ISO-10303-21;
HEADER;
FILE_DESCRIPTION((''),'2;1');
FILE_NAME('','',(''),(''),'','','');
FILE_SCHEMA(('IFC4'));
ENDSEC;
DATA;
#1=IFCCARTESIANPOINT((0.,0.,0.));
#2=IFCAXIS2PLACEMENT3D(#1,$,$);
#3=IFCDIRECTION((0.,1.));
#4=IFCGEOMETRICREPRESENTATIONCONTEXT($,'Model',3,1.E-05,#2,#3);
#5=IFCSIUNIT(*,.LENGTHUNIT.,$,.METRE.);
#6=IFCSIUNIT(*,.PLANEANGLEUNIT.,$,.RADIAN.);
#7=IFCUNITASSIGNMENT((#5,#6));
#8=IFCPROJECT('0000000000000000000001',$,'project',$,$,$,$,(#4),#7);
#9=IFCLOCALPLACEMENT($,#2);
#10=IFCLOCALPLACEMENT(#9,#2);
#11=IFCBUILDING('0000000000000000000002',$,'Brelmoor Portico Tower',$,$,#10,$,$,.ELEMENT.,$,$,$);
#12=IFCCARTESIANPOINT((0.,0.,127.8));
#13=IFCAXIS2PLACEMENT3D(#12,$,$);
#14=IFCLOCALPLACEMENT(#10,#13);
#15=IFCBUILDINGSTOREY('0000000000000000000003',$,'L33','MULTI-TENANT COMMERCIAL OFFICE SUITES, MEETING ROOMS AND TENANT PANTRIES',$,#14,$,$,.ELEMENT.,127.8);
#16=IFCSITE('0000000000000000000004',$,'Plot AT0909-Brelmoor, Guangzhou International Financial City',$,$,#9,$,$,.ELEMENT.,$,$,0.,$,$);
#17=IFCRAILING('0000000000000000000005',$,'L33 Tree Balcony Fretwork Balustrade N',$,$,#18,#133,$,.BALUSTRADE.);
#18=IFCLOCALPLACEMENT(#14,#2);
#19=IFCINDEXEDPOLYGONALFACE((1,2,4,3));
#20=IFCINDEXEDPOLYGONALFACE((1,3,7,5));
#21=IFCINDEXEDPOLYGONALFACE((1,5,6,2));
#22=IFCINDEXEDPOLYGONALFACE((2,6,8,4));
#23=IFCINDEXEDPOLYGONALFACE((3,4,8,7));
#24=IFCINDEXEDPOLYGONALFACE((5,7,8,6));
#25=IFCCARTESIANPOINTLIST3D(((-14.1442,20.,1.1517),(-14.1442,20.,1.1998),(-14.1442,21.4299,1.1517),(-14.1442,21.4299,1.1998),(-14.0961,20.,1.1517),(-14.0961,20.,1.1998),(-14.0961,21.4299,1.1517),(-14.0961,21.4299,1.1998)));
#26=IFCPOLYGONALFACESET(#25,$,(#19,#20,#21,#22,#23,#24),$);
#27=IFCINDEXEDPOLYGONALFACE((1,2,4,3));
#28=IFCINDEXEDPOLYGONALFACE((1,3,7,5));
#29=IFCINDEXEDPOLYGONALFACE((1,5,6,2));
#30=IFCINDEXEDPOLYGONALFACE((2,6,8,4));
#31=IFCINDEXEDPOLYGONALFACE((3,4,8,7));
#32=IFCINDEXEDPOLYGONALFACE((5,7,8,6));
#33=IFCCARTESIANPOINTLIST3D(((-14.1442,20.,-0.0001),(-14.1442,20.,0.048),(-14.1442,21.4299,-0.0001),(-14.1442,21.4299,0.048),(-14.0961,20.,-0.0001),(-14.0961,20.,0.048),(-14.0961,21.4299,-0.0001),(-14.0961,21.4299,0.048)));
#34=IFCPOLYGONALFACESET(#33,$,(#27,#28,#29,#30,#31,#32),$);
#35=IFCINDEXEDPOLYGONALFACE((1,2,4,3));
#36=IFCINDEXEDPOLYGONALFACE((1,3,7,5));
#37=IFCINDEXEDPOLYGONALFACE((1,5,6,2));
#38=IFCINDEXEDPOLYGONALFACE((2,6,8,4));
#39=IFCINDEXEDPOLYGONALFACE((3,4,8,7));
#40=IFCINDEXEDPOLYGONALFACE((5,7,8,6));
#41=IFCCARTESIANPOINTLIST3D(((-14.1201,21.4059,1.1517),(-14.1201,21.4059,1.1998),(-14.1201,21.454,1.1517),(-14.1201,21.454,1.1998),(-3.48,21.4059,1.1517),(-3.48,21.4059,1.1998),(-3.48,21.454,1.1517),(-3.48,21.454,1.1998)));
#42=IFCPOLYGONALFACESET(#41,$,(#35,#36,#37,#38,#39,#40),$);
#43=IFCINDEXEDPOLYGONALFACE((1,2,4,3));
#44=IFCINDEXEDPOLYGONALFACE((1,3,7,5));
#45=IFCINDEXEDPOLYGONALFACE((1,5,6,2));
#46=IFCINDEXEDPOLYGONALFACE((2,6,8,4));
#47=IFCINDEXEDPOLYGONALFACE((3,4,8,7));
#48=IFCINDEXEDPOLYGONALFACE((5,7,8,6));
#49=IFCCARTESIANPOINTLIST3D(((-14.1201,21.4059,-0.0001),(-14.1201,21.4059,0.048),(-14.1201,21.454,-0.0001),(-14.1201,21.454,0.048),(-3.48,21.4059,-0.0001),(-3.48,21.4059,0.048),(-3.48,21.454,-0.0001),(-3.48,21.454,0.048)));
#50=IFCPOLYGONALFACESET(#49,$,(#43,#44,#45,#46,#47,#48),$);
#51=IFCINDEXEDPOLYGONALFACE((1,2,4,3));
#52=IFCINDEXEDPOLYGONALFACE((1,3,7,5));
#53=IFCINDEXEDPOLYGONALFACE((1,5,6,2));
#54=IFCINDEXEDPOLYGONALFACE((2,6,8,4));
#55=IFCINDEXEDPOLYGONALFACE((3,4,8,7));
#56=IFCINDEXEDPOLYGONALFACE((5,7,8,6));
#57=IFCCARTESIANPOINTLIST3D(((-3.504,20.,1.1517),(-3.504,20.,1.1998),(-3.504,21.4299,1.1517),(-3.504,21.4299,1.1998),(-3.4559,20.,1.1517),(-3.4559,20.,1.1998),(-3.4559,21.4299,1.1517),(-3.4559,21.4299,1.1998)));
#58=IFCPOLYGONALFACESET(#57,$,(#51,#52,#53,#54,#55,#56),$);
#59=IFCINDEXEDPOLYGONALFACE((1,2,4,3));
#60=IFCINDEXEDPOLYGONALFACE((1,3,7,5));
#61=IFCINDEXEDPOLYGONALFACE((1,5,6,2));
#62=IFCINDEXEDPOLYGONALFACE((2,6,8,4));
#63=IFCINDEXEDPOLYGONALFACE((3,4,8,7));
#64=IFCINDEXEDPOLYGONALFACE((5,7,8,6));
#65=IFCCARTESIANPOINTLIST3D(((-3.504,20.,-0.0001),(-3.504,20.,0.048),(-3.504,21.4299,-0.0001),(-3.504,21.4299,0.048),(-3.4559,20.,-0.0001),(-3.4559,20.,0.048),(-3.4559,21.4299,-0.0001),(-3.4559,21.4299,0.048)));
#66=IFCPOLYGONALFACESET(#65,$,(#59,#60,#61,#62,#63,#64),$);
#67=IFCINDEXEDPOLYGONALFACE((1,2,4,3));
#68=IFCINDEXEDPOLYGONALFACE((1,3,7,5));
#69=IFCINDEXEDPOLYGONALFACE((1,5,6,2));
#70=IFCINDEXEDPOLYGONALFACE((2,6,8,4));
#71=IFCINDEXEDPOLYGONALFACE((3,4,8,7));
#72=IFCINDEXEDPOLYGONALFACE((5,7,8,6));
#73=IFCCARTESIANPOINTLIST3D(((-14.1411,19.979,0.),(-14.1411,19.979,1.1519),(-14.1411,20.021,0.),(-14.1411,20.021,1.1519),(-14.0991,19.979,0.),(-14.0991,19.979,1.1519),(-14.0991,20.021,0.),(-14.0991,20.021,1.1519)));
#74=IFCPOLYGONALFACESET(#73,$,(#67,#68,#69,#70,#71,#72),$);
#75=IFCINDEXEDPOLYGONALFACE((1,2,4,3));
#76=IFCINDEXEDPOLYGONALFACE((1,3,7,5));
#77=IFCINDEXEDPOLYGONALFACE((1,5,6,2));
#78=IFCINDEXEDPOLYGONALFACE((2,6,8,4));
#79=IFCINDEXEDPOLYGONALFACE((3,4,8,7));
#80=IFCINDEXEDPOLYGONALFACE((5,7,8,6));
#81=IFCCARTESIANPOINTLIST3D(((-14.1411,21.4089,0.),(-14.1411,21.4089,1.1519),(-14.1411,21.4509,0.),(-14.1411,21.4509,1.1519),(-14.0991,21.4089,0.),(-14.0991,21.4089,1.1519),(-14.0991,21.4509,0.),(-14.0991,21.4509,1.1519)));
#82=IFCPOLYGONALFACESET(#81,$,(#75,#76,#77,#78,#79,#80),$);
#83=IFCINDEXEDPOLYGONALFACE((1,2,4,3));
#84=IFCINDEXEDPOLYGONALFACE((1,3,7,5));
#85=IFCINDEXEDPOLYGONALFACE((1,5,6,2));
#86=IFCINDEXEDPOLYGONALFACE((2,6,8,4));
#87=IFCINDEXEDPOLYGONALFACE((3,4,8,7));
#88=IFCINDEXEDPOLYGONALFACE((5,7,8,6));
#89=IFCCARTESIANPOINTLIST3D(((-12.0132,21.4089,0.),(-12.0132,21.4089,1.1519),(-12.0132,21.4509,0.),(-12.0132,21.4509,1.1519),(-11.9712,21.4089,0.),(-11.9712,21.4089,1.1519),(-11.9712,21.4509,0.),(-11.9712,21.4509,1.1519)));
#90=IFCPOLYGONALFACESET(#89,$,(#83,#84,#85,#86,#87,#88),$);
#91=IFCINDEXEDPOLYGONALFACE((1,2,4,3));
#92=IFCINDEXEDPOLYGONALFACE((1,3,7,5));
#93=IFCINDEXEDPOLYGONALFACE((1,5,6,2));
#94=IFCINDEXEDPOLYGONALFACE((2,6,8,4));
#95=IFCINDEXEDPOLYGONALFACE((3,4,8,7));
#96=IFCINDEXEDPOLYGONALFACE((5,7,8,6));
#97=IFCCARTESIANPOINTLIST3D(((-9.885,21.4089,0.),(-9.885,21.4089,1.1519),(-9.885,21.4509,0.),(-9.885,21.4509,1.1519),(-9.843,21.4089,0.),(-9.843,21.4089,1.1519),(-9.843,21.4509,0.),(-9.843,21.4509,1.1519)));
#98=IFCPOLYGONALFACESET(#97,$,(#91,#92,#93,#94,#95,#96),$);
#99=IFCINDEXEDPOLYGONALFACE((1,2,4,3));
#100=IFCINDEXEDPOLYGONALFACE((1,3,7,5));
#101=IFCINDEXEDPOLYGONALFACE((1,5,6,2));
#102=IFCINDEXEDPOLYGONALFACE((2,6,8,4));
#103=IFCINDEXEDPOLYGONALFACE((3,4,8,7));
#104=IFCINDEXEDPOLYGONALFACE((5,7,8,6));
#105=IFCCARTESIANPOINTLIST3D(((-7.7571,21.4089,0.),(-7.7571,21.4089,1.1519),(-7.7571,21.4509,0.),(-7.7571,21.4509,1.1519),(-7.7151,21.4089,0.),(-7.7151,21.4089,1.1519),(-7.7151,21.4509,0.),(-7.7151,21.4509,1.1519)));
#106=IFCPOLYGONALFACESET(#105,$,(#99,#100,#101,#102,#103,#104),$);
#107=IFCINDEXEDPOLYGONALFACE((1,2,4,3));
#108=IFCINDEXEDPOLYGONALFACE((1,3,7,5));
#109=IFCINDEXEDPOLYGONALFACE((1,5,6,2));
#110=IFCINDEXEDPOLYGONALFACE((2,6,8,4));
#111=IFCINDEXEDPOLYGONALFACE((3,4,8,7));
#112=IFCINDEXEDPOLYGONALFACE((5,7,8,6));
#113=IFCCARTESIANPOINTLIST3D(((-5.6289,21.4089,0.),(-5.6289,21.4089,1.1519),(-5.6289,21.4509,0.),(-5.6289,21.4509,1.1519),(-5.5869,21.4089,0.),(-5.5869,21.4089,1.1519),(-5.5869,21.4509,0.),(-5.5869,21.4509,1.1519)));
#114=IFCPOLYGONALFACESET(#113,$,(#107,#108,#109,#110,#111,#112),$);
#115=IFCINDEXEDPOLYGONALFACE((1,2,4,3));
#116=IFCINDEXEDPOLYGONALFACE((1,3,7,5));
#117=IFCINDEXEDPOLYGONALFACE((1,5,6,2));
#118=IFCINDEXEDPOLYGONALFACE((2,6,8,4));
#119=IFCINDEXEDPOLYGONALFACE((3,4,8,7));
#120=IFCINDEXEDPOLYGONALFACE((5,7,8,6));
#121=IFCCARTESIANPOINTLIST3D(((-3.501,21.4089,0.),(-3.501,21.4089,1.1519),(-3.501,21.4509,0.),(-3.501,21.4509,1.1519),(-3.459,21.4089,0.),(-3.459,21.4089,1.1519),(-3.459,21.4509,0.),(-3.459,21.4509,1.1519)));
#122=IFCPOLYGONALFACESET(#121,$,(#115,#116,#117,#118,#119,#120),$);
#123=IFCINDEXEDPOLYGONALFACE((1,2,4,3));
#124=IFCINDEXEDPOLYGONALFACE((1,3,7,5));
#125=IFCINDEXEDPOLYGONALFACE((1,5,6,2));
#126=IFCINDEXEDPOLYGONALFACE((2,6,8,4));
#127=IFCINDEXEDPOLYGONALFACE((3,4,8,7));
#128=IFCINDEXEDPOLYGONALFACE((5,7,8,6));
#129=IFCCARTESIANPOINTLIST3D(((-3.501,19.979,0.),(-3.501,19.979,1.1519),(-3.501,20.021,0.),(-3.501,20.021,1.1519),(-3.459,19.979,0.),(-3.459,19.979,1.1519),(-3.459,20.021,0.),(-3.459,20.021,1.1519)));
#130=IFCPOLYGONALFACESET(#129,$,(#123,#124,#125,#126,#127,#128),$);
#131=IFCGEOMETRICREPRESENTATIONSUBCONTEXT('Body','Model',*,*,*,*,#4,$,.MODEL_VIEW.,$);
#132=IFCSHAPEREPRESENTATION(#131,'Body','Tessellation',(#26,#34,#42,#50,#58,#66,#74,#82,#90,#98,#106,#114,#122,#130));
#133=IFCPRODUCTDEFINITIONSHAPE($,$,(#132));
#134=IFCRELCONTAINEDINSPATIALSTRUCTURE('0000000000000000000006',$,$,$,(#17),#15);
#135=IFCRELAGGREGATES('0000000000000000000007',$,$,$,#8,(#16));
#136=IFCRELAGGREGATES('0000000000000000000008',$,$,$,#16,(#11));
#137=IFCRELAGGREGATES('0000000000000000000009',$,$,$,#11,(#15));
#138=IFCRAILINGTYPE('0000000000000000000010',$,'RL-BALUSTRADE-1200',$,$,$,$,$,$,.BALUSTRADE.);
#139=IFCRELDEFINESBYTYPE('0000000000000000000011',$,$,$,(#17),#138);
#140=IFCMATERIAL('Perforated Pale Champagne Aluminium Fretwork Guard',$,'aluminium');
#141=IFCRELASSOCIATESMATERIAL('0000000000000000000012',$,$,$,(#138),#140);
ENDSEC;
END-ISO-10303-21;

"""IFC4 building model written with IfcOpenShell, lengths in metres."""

from ifc_helpers import new_model, si_unit, direction, frame, origin, origin_2d, place, context, subcontext, project, spatial, rectangle, extrude, material, type_object, element, save


model = new_model("IFC4")

# Units and contexts
model_context = context("Model", 3, precision=1e-05, world=origin(), true_north=direction((0.0, 1.0)))
body_context = subcontext(model_context, "Body", "Model", "MODEL_VIEW")
ifc_project = project(units=[si_unit("LENGTHUNIT", "METRE"), si_unit("PLANEANGLEUNIT", "RADIAN")], contexts=[model_context])

# Site, building, storey
site_placement = place(None, origin())
site = spatial("IfcSite", under=ifc_project, at=site_placement, Name="Plot AT0909-Brelmoor, Guangzhou International Financial City", CompositionType="ELEMENT", RefElevation=0.0)
building_placement = place(site_placement, origin())
building = spatial("IfcBuilding", under=site, at=building_placement, Name="Brelmoor Portico Tower", CompositionType="ELEMENT")
storey_placement = place(building_placement, frame((0.0, 0.0, 127.8)))
storey = spatial("IfcBuildingStorey", under=building, at=storey_placement, Name="L33", Description="MULTI-TENANT COMMERCIAL OFFICE SUITES, MEETING ROOMS AND TENANT PANTRIES", CompositionType="ELEMENT", Elevation=127.8)

# Railing
ifc_material_1 = material(Name="Perforated Pale Champagne Aluminium Fretwork Guard", Category="aluminium")
railing_type = type_object("IfcRailingType", Name="RL-BALUSTRADE-1200", PredefinedType="BALUSTRADE", material=ifc_material_1)
railing_placement = place(storey_placement, frame((-14.1201, 20.0, 0.0)))
element("IfcRailing", 1, at=railing_placement, inside=storey, type_object=railing_type, Name="L33 Tree Balcony Fretwork Balustrade N", PredefinedType="BALUSTRADE", context=body_context, shape_type="SweptSolid", body=[
    extrude(rectangle(XDim=0.0481, YDim=0.0481, at=origin_2d()), frame((0.0, 0.0, 1.1758), z_axis=(0.0, 1.0, 0.0), x_axis=(-1.0, 0.0, 0.0)), (0.0, 0.0, 1.0), 1.4299),
    extrude(rectangle(XDim=0.0481, YDim=0.0481, at=origin_2d()), frame((0.0, 0.0, 0.0239), z_axis=(0.0, 1.0, 0.0), x_axis=(-1.0, 0.0, 0.0)), (0.0, 0.0, 1.0), 1.4299),
    extrude(rectangle(XDim=0.0481, YDim=0.0481, at=origin_2d()), frame((0.0, 1.4299, 1.1758), z_axis=(1.0, 0.0, 0.0), x_axis=(0.0, 1.0, 0.0)), (0.0, 0.0, 1.0), 10.6401),
    extrude(rectangle(XDim=0.0481, YDim=0.0481, at=origin_2d()), frame((0.0, 1.4299, 0.0239), z_axis=(1.0, 0.0, 0.0), x_axis=(0.0, 1.0, 0.0)), (0.0, 0.0, 1.0), 10.6401),
    extrude(rectangle(XDim=0.0481, YDim=0.0481, at=origin_2d()), frame((10.6401, 1.4299, 1.1758), z_axis=(0.0, -1.0, 0.0), x_axis=(1.0, 0.0, 0.0)), (0.0, 0.0, 1.0), 1.4299),
    extrude(rectangle(XDim=0.0481, YDim=0.0481, at=origin_2d()), frame((10.6401, 1.4299, 0.0239), z_axis=(0.0, -1.0, 0.0), x_axis=(1.0, 0.0, 0.0)), (0.0, 0.0, 1.0), 1.4299),
    extrude(rectangle(XDim=0.042, YDim=0.042, at=origin_2d()), origin(), (0.0, 0.0, 1.0), 1.1519),
    extrude(rectangle(XDim=0.042, YDim=0.042, at=origin_2d()), frame((0.0, 1.4299, 0.0)), (0.0, 0.0, 1.0), 1.1519),
    extrude(rectangle(XDim=0.042, YDim=0.042, at=origin_2d()), frame((2.1279, 1.4299, 0.0)), (0.0, 0.0, 1.0), 1.1519),
    extrude(rectangle(XDim=0.042, YDim=0.042, at=origin_2d()), frame((4.2561, 1.4299, 0.0)), (0.0, 0.0, 1.0), 1.1519),
    extrude(rectangle(XDim=0.042, YDim=0.042, at=origin_2d()), frame((6.384, 1.4299, 0.0)), (0.0, 0.0, 1.0), 1.1519),
    extrude(rectangle(XDim=0.042, YDim=0.042, at=origin_2d()), frame((8.5122, 1.4299, 0.0)), (0.0, 0.0, 1.0), 1.1519),
    extrude(rectangle(XDim=0.042, YDim=0.042, at=origin_2d()), frame((10.6401, 1.4299, 0.0)), (0.0, 0.0, 1.0), 1.1519),
    extrude(rectangle(XDim=0.042, YDim=0.042, at=origin_2d()), frame((10.6401, 0.0, 0.0)), (0.0, 0.0, 1.0), 1.1519),
])

save(model, "model.ifc")
